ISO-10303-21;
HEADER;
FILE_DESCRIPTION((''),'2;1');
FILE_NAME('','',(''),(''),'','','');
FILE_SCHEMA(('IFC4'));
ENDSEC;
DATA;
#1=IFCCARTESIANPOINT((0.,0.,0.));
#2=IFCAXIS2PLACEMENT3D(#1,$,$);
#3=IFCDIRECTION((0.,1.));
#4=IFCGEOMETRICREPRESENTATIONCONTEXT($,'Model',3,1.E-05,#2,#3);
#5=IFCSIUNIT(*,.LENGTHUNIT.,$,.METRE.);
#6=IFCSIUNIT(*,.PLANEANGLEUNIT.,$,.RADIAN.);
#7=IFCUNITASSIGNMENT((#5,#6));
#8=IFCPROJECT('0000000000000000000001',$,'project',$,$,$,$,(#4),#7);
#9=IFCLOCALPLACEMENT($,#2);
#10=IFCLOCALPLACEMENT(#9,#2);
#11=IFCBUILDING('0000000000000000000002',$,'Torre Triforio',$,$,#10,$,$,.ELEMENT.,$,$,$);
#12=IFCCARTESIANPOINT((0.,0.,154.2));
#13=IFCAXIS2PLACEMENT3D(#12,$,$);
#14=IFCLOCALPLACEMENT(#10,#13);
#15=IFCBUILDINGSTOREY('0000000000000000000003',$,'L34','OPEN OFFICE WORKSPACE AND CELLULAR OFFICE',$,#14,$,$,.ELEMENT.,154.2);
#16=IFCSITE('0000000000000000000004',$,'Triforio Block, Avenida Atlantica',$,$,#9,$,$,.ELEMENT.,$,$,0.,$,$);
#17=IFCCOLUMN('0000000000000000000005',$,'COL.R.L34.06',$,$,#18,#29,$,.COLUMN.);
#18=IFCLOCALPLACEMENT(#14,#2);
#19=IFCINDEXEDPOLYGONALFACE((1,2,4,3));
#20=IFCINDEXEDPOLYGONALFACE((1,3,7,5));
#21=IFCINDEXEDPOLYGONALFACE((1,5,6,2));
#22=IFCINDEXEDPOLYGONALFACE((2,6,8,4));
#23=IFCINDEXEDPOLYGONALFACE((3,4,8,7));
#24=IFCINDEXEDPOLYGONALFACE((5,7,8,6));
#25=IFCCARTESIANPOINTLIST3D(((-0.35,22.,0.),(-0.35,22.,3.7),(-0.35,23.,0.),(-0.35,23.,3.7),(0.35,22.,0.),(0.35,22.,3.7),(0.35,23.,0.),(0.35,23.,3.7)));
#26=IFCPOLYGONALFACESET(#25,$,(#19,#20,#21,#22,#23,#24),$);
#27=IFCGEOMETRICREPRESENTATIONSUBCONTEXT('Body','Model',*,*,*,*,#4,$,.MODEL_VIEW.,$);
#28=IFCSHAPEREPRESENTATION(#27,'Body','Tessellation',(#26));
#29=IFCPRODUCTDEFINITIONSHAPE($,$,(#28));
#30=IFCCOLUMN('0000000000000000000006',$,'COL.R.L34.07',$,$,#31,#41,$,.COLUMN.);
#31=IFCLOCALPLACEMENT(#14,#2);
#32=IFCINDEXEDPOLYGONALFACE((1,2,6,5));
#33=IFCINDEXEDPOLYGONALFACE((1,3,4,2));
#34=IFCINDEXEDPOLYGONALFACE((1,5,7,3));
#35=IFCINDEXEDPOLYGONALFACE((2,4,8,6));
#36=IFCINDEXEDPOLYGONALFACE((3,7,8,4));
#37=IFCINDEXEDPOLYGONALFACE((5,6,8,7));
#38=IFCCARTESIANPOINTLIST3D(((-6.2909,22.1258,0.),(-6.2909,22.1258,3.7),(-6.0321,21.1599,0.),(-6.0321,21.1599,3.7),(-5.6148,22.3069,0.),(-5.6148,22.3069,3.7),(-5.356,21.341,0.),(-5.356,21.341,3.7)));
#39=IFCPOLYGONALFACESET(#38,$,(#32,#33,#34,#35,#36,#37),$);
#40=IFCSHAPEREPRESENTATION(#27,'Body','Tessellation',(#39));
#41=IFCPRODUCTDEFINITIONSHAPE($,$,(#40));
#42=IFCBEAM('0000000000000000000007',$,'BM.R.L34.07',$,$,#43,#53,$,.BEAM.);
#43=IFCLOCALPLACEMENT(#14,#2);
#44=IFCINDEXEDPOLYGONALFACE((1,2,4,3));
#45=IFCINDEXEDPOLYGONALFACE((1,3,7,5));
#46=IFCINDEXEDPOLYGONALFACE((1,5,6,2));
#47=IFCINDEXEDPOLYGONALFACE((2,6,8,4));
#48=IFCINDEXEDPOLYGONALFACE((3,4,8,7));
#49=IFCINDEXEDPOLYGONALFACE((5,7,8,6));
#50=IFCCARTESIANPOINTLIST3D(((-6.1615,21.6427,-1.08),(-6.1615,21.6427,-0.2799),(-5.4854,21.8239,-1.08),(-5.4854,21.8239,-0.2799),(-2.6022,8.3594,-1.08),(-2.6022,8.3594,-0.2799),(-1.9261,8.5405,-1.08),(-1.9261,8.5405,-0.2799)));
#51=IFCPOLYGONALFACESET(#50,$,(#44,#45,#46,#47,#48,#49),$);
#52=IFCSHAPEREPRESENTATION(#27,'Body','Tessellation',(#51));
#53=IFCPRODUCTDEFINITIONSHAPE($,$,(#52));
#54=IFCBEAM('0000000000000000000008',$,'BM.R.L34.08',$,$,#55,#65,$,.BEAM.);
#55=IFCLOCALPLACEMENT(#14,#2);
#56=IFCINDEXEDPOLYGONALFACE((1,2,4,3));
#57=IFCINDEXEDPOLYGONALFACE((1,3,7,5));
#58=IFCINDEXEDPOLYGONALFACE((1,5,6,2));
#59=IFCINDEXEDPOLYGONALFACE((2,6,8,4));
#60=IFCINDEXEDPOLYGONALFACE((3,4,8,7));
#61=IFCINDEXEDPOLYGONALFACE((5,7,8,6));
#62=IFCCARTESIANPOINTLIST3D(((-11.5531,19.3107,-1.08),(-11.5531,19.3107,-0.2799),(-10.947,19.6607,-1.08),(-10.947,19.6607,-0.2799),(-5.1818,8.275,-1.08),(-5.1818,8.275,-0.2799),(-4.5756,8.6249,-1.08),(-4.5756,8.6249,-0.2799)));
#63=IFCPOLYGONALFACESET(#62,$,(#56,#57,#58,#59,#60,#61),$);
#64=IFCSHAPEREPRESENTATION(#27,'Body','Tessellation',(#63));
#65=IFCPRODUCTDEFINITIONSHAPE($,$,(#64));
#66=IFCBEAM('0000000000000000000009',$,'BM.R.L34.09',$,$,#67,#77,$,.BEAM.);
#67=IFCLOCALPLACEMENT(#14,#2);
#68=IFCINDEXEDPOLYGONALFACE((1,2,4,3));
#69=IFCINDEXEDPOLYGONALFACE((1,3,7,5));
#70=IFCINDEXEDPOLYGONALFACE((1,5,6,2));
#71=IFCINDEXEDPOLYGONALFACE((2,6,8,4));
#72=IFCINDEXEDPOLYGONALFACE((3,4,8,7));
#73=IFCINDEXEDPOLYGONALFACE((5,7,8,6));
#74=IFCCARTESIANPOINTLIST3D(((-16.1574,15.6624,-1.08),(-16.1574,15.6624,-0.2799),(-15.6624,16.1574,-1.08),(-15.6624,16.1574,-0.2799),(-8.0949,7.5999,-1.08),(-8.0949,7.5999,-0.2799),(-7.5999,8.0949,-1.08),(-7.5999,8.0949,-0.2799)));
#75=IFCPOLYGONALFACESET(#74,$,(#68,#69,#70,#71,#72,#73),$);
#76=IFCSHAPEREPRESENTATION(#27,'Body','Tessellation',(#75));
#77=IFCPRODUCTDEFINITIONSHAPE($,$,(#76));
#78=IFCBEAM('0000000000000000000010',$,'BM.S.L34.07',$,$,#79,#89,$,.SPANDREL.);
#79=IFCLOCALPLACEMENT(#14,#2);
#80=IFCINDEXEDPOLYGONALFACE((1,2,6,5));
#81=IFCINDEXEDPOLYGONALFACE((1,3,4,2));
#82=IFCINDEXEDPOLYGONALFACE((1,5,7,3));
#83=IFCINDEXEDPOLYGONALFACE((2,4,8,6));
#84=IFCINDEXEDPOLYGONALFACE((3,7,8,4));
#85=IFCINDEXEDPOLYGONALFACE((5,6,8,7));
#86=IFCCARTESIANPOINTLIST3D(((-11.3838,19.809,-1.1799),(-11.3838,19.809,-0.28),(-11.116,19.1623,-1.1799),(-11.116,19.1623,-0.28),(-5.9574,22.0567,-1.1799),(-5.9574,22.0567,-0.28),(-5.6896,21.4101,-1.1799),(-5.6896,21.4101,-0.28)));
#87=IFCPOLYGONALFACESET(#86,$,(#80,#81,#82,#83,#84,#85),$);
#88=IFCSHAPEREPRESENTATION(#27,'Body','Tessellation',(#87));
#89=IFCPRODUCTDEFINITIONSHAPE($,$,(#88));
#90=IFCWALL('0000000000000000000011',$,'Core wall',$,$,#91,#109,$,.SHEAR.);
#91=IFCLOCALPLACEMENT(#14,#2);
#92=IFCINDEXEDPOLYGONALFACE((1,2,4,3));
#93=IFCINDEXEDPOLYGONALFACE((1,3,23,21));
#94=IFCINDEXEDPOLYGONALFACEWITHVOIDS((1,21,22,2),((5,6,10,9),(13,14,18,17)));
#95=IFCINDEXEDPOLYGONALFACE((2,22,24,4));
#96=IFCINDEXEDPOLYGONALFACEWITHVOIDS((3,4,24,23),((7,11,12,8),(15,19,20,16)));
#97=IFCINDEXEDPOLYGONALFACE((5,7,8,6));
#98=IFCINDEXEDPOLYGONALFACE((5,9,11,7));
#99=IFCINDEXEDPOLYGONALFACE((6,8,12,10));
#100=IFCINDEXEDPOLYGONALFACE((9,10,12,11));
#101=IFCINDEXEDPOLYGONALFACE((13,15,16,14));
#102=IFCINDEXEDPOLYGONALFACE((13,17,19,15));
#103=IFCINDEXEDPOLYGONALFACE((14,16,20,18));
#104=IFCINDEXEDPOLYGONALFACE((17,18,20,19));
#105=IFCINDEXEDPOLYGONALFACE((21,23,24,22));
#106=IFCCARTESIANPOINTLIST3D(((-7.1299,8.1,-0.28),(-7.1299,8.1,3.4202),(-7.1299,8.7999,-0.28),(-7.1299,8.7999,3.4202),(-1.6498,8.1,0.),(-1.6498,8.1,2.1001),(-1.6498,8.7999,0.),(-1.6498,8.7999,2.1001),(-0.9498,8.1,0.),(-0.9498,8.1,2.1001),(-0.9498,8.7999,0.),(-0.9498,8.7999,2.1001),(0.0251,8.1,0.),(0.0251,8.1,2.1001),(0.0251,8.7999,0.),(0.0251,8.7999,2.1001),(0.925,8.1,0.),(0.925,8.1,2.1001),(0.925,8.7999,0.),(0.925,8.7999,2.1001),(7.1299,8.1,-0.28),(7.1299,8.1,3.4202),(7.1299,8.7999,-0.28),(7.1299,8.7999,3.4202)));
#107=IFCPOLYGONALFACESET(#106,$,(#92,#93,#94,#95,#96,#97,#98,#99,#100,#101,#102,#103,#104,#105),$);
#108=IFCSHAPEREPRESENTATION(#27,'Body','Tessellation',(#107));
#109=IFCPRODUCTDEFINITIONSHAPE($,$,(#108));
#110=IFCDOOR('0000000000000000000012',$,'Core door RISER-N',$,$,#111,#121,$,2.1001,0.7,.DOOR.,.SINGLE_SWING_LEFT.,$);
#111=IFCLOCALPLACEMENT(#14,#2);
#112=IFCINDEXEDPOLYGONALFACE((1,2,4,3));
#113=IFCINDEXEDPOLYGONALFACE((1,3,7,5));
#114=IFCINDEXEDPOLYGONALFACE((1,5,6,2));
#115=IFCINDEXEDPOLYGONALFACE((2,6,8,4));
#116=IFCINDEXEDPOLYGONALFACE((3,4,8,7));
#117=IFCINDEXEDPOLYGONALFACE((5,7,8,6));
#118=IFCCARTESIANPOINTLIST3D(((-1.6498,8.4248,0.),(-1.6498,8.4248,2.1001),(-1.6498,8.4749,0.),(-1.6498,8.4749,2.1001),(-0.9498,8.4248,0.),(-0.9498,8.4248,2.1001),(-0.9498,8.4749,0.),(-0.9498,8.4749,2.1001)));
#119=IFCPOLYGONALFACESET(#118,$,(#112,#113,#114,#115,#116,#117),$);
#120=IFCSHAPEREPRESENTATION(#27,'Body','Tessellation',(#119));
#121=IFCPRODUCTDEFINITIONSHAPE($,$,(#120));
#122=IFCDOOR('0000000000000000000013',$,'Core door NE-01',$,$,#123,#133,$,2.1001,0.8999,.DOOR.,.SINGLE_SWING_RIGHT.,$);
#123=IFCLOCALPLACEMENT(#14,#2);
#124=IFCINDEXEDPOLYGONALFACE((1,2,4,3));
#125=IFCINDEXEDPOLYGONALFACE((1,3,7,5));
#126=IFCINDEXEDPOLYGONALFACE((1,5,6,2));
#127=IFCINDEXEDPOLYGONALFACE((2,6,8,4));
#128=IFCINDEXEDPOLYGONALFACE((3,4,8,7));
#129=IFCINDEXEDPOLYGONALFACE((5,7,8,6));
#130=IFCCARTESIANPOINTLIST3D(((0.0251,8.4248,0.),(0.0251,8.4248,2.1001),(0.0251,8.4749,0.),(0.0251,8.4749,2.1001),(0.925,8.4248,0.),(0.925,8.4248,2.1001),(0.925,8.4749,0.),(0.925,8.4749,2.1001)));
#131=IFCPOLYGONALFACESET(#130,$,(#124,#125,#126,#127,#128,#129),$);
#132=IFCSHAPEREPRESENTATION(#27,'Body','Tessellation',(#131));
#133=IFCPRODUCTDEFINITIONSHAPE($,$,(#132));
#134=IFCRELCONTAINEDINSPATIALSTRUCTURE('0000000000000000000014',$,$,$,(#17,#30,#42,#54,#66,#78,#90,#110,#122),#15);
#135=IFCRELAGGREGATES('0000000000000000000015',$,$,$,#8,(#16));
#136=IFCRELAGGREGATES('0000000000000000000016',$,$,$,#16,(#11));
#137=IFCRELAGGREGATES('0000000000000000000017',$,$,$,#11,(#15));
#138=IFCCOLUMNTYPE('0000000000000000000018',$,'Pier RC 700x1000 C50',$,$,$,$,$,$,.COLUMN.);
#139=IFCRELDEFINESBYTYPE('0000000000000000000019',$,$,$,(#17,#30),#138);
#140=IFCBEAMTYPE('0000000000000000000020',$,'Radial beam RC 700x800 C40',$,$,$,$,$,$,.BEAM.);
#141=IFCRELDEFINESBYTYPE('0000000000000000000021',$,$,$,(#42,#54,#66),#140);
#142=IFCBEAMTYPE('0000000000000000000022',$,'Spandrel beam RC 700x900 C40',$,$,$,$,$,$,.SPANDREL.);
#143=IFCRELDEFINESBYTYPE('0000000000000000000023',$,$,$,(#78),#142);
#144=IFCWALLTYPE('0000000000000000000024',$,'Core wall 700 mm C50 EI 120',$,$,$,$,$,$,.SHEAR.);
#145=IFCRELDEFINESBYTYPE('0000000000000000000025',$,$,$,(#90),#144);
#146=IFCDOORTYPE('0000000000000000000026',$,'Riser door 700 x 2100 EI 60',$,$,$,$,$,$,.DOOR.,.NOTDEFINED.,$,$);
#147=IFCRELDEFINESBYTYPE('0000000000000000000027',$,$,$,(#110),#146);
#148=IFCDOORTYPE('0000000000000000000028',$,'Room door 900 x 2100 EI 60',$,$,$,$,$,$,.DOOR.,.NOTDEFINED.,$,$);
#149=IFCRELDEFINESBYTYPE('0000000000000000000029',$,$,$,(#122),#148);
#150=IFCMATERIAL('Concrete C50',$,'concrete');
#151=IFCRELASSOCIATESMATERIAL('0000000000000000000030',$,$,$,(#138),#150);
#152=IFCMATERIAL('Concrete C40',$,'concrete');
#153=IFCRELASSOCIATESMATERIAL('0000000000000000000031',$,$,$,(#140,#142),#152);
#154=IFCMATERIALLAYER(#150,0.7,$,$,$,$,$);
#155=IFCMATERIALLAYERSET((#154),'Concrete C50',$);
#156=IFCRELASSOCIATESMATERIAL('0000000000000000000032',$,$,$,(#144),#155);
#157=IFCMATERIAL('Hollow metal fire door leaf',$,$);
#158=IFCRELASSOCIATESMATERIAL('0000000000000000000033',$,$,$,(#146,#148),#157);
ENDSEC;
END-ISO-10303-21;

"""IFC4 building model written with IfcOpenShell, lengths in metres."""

from ifc_helpers import new_model, si_unit, direction, frame, frame_2d, origin, origin_2d, place, context, subcontext, project, spatial, rectangle, extrude, material, layer, layer_set, material_profile, profile_set, type_object, element, fill, save


model = new_model("IFC4")

# Units and contexts
model_context = context("Model", 3, precision=1e-05, world=origin(), true_north=direction((0.0, 1.0)))
body_context = subcontext(model_context, "Body", "Model", "MODEL_VIEW")
ifc_project = project(units=[si_unit("LENGTHUNIT", "METRE"), si_unit("PLANEANGLEUNIT", "RADIAN")], contexts=[model_context])

# Site, building, storey
site_placement = place(None, origin())
site = spatial("IfcSite", under=ifc_project, at=site_placement, Name="Triforio Block, Avenida Atlantica", CompositionType="ELEMENT", RefElevation=0.0)
building_placement = place(site_placement, origin())
building = spatial("IfcBuilding", under=site, at=building_placement, Name="Torre Triforio", CompositionType="ELEMENT")
storey_placement = place(building_placement, frame((0.0, 0.0, 154.2)))
storey = spatial("IfcBuildingStorey", under=building, at=storey_placement, Name="L34", Description="OPEN OFFICE WORKSPACE AND CELLULAR OFFICE", CompositionType="ELEMENT", Elevation=154.2)

# Columns
ifc_material_1 = material(Name="Concrete C50", Category="concrete")
ifc_material_profile_1 = material_profile(ifc_material_1, rectangle(XDim=0.7, YDim=1.0, at=origin_2d()), Name="RC 700x1000")
ifc_profile_set_1 = profile_set([ifc_material_profile_1], Name="Concrete C50")
column_type = type_object("IfcColumnType", Name="Pier RC 700x1000 C50", PredefinedType="COLUMN", material=ifc_profile_set_1)
for number, where, z_axis, x_axis, name in (
    (1, (0.0, 22.5, 0.0), (0.0, 0.0, 1.0), (-1.0, 0.0, 0.0), "COL.R.L34.06"),
    (2, (-5.8235, 21.7334, 0.0), (0.0, 0.0, 1.0), (-0.965926, -0.258819, 0.0), "COL.R.L34.07"),
):
    element("IfcColumn", number, at=place(storey_placement, frame(where, z_axis=z_axis, x_axis=x_axis)), inside=storey, type_object=column_type, Name=name, PredefinedType="COLUMN", context=body_context, shape_type="SweptSolid", body=[
        extrude(rectangle(XDim=0.7, YDim=1.0, at=origin_2d()), origin(), (0.0, 0.0, 1.0), 3.7),
    ])

# Beams
ifc_material_2 = material(Name="Concrete C40", Category="concrete")
ifc_material_profile_2 = material_profile(ifc_material_2, rectangle(XDim=0.7, YDim=0.8, at=origin_2d()), Name="RC 700x800")
ifc_profile_set_2 = profile_set([ifc_material_profile_2], Name="Concrete C40")
beam_type_1 = type_object("IfcBeamType", Name="Radial beam RC 700x800 C40", PredefinedType="BEAM", material=ifc_profile_set_2)
beam_1_placement = place(storey_placement, frame((-2.2642, 8.45, -0.6799), z_axis=(-0.258822, 0.965925, 0.0), x_axis=(-0.965925, -0.258822, 0.0)))
element("IfcBeam", 3, at=beam_1_placement, inside=storey, type_object=beam_type_1, Name="BM.R.L34.07", PredefinedType="BEAM", context=body_context, shape_type="SweptSolid", body=[
    extrude(rectangle(XDim=0.7, YDim=0.8, at=origin_2d()), origin(), (0.0, 0.0, 1.0), 13.752),
])
beam_2_placement = place(storey_placement, frame((-4.8787, 8.45, -0.6799), z_axis=(-0.499994, 0.866029, 0.0), x_axis=(-0.866029, -0.499994, 0.0)))
element("IfcBeam", 4, at=beam_2_placement, inside=storey, type_object=beam_type_1, Name="BM.R.L34.08", PredefinedType="BEAM", context=body_context, shape_type="SweptSolid", body=[
    extrude(rectangle(XDim=0.7, YDim=0.8, at=origin_2d()), origin(), (0.0, 0.0, 1.0), 12.7429),
])
beam_3_placement = place(storey_placement, frame((-7.8474, 7.8474, -0.6799), z_axis=(-0.707107, 0.707107, 0.0), x_axis=(-0.707107, -0.707107, 0.0)))
element("IfcBeam", 5, at=beam_3_placement, inside=storey, type_object=beam_type_1, Name="BM.R.L34.09", PredefinedType="BEAM", context=body_context, shape_type="SweptSolid", body=[
    extrude(rectangle(XDim=0.7, YDim=0.8, at=origin_2d()), origin(), (0.0, 0.0, 1.0), 11.4021),
])
ifc_material_profile_3 = material_profile(ifc_material_2, rectangle(XDim=0.7, YDim=0.8999, at=origin_2d()), Name="RC 700x900")
ifc_profile_set_3 = profile_set([ifc_material_profile_3], Name="Concrete C40")
beam_type_2 = type_object("IfcBeamType", Name="Spandrel beam RC 700x900 C40", PredefinedType="SPANDREL", material=ifc_profile_set_3)
beam_4_placement = place(storey_placement, frame((-5.8235, 21.7334, -0.73), z_axis=(-0.923875, -0.382693, 0.0), x_axis=(0.382693, -0.923875, 0.0)))
element("IfcBeam", 6, at=beam_4_placement, inside=storey, type_object=beam_type_2, Name="BM.S.L34.07", PredefinedType="SPANDREL", context=body_context, shape_type="SweptSolid", body=[
    extrude(rectangle(XDim=0.7, YDim=0.8999, at=origin_2d()), origin(), (0.0, 0.0, 1.0), 5.8735),
])

# Wall, openings, doors
ifc_layer_1 = layer(ifc_material_1, 0.7)
ifc_layer_set_1 = layer_set([ifc_layer_1], Name="Concrete C50")
wall_type_1 = type_object("IfcWallType", Name="Core wall 700 mm C50 EI 120", PredefinedType="SHEAR", material=ifc_layer_set_1)
wall_1_placement = place(storey_placement, frame((-7.1299, 8.45, -0.28), z_axis=(0.0, 0.0, 1.0), x_axis=(1.0, 0.0, 0.0)))
wall_1 = element("IfcWall", 7, at=wall_1_placement, inside=storey, type_object=wall_type_1, Name="Core wall", PredefinedType="SHEAR", context=body_context, shape_type="SweptSolid", body=[
    extrude(rectangle(XDim=14.2598, YDim=0.7, at=frame_2d((7.1299, 0.0))), origin(), (0.0, 0.0, 1.0), 3.7002),
])
opening_1_placement = place(wall_1_placement, frame((5.48, 0.0, 0.28)))
opening_1 = element("IfcOpeningElement", 8, at=opening_1_placement, cuts=wall_1, PredefinedType="OPENING", context=body_context, shape_type="SweptSolid", body=[
    extrude(rectangle(XDim=0.7, YDim=2.1001, at=frame_2d((0.3501, 1.05))), frame((0.0, 0.3599, 0.0), z_axis=(0.0, -1.0, 0.0), x_axis=(1.0, 0.0, 0.0)), (0.0, 0.0, 1.0), 0.72),
])
opening_2_placement = place(wall_1_placement, frame((7.155, 0.0, 0.28)))
opening_2 = element("IfcOpeningElement", 9, at=opening_2_placement, cuts=wall_1, PredefinedType="OPENING", context=body_context, shape_type="SweptSolid", body=[
    extrude(rectangle(XDim=0.8999, YDim=2.1001, at=frame_2d((0.45, 1.05))), frame((0.0, 0.3599, 0.0), z_axis=(0.0, -1.0, 0.0), x_axis=(1.0, 0.0, 0.0)), (0.0, 0.0, 1.0), 0.72),
])
ifc_material_3 = material(Name="Hollow metal fire door leaf")
door_type_1 = type_object("IfcDoorType", Name="Riser door 700 x 2100 EI 60", OperationType="NOTDEFINED", PredefinedType="DOOR", material=ifc_material_3)
door_1_placement = place(opening_1_placement, origin())
door_1 = element("IfcDoor", 10, at=door_1_placement, inside=storey, type_object=door_type_1, Name="Core door RISER-N", OperationType="SINGLE_SWING_LEFT", OverallHeight=2.1001, OverallWidth=0.7, PredefinedType="DOOR", context=body_context, shape_type="SweptSolid", body=[
    extrude(rectangle(XDim=0.7, YDim=2.1001, at=frame_2d((0.3501, 1.05))), frame((0.0, 0.0249, 0.0), z_axis=(0.0, -1.0, 0.0), x_axis=(1.0, 0.0, 0.0)), (0.0, 0.0, 1.0), 0.05),
])
fill(opening_1, door_1)
door_type_2 = type_object("IfcDoorType", Name="Room door 900 x 2100 EI 60", OperationType="NOTDEFINED", PredefinedType="DOOR", material=ifc_material_3)
door_2_placement = place(opening_2_placement, origin())
door_2 = element("IfcDoor", 11, at=door_2_placement, inside=storey, type_object=door_type_2, Name="Core door NE-01", OperationType="SINGLE_SWING_RIGHT", OverallHeight=2.1001, OverallWidth=0.8999, PredefinedType="DOOR", context=body_context, shape_type="SweptSolid", body=[
    extrude(rectangle(XDim=0.8999, YDim=2.1001, at=frame_2d((0.45, 1.05))), frame((0.0, 0.0249, 0.0), z_axis=(0.0, -1.0, 0.0), x_axis=(1.0, 0.0, 0.0)), (0.0, 0.0, 1.0), 0.05),
])
fill(opening_2, door_2)

save(model, "model.ifc")
